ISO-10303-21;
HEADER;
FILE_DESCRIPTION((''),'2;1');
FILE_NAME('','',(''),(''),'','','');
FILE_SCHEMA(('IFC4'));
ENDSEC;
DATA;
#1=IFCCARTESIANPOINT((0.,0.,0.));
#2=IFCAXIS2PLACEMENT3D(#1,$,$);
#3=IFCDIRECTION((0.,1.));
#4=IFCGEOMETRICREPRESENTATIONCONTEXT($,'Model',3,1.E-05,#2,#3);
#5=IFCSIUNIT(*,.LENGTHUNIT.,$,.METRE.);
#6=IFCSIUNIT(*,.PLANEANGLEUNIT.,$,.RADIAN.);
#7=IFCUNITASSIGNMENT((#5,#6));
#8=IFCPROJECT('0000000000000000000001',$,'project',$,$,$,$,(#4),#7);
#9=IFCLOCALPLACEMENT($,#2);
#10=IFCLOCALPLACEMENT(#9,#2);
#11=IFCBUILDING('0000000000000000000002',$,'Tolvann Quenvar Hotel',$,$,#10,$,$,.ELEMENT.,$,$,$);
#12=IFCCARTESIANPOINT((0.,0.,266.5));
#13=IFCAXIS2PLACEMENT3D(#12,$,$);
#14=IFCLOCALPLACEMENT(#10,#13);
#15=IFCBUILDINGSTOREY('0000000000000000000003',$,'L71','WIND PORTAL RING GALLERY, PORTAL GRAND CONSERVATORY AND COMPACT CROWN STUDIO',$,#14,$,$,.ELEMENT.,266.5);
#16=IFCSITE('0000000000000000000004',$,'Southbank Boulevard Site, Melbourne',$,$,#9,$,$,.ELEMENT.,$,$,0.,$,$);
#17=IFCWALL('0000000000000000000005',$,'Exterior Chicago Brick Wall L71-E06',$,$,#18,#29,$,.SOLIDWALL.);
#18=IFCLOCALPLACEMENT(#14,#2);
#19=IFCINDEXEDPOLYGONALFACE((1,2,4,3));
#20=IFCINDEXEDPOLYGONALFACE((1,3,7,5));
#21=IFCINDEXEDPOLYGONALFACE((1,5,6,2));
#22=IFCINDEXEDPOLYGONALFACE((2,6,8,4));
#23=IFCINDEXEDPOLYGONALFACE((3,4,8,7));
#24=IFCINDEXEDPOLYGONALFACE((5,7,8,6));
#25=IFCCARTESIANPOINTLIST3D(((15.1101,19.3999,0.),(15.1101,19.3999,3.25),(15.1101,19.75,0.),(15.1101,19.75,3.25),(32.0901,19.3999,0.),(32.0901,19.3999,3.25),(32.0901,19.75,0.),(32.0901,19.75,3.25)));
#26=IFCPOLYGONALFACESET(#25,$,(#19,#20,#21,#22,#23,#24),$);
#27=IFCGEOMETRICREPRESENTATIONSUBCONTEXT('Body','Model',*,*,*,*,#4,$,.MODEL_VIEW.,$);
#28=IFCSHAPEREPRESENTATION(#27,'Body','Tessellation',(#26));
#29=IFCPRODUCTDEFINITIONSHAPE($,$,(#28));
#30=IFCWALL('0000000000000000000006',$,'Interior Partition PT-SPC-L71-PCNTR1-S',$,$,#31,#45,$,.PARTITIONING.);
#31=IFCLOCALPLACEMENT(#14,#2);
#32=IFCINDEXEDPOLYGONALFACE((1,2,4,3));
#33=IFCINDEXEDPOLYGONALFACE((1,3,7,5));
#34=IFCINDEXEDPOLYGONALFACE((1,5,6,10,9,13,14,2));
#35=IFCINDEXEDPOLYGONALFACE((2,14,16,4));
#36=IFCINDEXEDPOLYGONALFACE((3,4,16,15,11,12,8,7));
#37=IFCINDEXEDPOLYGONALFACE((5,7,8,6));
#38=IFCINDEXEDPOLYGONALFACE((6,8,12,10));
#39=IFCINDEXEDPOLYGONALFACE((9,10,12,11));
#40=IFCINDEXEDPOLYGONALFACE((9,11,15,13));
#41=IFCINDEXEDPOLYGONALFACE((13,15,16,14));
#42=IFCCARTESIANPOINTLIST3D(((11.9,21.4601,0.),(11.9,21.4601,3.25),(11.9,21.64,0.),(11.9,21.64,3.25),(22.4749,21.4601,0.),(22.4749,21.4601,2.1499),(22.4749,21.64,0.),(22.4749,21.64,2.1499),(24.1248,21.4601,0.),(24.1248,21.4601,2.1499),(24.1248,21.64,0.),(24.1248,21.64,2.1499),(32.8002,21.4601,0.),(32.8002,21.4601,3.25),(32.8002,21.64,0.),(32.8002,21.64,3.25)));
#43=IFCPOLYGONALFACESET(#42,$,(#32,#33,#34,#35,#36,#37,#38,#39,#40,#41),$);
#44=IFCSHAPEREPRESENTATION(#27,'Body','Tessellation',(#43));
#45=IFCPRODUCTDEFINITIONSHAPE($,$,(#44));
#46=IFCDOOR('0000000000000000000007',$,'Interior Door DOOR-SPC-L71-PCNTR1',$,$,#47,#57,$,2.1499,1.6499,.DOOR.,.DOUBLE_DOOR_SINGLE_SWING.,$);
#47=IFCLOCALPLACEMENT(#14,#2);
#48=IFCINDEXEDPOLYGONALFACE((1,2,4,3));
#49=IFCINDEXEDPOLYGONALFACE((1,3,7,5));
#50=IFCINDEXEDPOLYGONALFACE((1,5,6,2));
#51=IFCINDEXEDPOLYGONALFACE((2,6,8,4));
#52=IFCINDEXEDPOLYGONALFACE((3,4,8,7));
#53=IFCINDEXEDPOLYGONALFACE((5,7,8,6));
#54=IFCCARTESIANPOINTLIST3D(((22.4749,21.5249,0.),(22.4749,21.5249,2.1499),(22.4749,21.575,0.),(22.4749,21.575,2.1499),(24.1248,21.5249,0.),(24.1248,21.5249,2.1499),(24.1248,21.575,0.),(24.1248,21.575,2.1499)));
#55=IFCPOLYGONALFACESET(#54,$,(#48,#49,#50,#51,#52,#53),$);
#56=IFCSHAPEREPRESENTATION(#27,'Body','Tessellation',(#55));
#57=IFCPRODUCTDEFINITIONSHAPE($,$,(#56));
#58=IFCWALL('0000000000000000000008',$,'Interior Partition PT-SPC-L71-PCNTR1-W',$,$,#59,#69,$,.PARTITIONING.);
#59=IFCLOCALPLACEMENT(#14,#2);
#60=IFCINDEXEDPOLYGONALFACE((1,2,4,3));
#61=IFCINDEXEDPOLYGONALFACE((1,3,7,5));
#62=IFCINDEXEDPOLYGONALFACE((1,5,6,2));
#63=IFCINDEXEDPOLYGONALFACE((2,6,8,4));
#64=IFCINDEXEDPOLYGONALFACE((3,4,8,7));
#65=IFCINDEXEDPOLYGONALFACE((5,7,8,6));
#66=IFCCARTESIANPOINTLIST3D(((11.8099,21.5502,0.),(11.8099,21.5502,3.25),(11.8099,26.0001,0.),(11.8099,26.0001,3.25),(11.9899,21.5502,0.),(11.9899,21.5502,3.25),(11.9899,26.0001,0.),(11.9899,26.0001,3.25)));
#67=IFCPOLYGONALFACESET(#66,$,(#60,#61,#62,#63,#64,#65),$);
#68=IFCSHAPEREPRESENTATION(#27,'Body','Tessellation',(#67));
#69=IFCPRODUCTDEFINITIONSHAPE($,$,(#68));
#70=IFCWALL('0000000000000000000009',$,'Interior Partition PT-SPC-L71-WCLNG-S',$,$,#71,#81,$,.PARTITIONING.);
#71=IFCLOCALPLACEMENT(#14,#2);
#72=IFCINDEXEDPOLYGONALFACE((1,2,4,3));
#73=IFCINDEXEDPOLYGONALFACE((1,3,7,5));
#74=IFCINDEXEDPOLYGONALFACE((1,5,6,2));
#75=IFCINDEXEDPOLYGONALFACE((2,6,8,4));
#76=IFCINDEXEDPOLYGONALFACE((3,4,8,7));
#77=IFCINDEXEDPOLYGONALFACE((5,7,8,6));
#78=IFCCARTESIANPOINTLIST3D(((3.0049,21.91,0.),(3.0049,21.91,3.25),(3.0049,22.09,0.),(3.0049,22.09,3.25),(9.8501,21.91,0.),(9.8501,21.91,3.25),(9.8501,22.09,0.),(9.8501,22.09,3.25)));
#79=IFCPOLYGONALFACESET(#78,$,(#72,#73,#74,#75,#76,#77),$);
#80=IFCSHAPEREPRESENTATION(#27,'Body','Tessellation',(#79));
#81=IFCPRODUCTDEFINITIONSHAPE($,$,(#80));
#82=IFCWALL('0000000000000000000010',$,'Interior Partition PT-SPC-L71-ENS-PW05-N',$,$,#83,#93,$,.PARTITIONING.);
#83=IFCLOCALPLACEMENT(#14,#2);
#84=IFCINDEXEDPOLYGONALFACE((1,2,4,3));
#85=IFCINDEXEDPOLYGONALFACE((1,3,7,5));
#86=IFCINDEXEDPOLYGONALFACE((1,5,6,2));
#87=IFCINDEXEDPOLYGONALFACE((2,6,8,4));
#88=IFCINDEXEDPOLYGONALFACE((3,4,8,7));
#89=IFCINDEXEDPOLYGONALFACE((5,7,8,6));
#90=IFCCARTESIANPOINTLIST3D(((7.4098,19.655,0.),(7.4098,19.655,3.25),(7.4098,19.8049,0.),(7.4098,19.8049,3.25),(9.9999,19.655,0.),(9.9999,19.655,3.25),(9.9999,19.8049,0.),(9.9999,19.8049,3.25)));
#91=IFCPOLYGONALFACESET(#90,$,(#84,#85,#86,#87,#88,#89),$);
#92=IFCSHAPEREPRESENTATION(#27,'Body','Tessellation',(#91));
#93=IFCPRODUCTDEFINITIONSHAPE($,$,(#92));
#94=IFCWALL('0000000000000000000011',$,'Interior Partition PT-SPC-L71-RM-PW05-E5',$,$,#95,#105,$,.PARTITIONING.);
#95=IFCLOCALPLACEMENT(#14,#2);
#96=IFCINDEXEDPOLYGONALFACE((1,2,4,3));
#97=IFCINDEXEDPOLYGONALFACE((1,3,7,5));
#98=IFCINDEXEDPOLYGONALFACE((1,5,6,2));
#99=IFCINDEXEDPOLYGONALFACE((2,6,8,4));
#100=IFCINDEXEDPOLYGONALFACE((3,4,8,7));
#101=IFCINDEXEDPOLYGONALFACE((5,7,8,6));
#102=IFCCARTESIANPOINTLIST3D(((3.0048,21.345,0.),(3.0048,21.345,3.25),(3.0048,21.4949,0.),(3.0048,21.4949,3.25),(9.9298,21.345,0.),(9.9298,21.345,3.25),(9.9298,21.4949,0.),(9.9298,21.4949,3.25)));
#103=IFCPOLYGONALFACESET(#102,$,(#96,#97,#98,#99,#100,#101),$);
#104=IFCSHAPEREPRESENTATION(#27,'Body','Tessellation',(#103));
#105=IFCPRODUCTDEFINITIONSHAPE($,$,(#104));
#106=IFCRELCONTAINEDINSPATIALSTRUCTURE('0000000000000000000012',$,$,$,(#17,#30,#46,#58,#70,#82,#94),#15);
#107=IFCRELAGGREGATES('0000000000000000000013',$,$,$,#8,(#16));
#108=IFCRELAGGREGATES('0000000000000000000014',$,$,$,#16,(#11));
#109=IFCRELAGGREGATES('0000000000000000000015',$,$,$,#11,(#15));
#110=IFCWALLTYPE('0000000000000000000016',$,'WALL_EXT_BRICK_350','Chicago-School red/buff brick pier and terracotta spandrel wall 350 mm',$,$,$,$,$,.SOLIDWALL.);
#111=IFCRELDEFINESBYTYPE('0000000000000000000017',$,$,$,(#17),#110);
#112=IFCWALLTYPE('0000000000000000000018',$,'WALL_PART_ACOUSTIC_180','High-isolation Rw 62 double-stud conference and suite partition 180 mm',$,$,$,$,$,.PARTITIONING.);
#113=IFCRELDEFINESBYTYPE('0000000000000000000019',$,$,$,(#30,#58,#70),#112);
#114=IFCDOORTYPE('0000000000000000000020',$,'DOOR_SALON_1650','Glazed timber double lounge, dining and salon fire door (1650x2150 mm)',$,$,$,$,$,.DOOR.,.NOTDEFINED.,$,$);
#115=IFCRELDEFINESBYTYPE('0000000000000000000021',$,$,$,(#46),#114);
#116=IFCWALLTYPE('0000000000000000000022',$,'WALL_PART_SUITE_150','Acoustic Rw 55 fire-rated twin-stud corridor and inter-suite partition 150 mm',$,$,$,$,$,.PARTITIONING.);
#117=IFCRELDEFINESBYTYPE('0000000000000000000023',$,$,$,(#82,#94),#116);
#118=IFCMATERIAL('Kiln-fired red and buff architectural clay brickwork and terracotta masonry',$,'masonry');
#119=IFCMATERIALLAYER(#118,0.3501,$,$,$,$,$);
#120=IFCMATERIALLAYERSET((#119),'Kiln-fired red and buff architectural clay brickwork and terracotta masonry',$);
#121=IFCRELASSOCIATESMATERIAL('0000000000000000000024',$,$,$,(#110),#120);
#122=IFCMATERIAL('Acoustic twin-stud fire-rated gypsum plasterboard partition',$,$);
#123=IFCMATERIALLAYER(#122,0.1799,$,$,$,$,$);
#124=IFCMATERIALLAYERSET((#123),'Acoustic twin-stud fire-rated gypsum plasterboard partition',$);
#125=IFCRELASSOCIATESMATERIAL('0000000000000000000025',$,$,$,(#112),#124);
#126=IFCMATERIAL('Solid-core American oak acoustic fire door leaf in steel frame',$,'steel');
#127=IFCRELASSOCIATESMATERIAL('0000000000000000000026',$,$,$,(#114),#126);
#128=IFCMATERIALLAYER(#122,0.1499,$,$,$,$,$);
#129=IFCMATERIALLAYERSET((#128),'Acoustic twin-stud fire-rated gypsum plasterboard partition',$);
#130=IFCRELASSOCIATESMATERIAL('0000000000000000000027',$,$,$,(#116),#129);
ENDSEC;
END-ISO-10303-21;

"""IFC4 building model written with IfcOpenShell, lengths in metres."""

from ifc_helpers import new_model, si_unit, direction, frame, frame_2d, origin, place, context, subcontext, project, spatial, rectangle, extrude, source, transform, mapped, material, layer, layer_set, type_object, type_shapes, element, fill, save


model = new_model("IFC4")

# Units and contexts
model_context = context("Model", 3, precision=1e-05, world=origin(), true_north=direction((0.0, 1.0)))
body_context = subcontext(model_context, "Body", "Model", "MODEL_VIEW")
ifc_project = project(units=[si_unit("LENGTHUNIT", "METRE"), si_unit("PLANEANGLEUNIT", "RADIAN")], contexts=[model_context])

# Site, building, storey
site_placement = place(None, origin())
site = spatial("IfcSite", under=ifc_project, at=site_placement, Name="Southbank Boulevard Site, Melbourne", CompositionType="ELEMENT", RefElevation=0.0)
building_placement = place(site_placement, origin())
building = spatial("IfcBuilding", under=site, at=building_placement, Name="Tolvann Quenvar Hotel", CompositionType="ELEMENT")
storey_placement = place(building_placement, frame((0.0, 0.0, 266.5)))
storey = spatial("IfcBuildingStorey", under=building, at=storey_placement, Name="L71", Description="WIND PORTAL RING GALLERY, PORTAL GRAND CONSERVATORY AND COMPACT CROWN STUDIO", CompositionType="ELEMENT", Elevation=266.5)

# Wall
ifc_material_1 = material(Name="Kiln-fired red and buff architectural clay brickwork and terracotta masonry", Category="masonry")
ifc_layer_1 = layer(ifc_material_1, 0.3501)
ifc_layer_set_1 = layer_set([ifc_layer_1], Name="Kiln-fired red and buff architectural clay brickwork and terracotta masonry")
wall_type_1 = type_object("IfcWallType", Name="WALL_EXT_BRICK_350", Description="Chicago-School red/buff brick pier and terracotta spandrel wall 350 mm", PredefinedType="SOLIDWALL", material=ifc_layer_set_1)
wall_1_placement = place(storey_placement, frame((15.1101, 19.575, 0.0), z_axis=(0.0, 0.0, 1.0), x_axis=(1.0, 0.0, 0.0)))
element("IfcWall", 1, at=wall_1_placement, inside=storey, type_object=wall_type_1, Name="Exterior Chicago Brick Wall L71-E06", PredefinedType="SOLIDWALL", context=body_context, shape_type="SweptSolid", body=[
    extrude(rectangle(XDim=16.98, YDim=0.3501, at=frame_2d((8.49, 0.0))), origin(), (0.0, 0.0, 1.0), 3.25),
])

# Wall, opening, door
ifc_material_2 = material(Name="Acoustic twin-stud fire-rated gypsum plasterboard partition")
ifc_layer_2 = layer(ifc_material_2, 0.1799)
ifc_layer_set_2 = layer_set([ifc_layer_2], Name="Acoustic twin-stud fire-rated gypsum plasterboard partition")
wall_type_2 = type_object("IfcWallType", Name="WALL_PART_ACOUSTIC_180", Description="High-isolation Rw 62 double-stud conference and suite partition 180 mm", PredefinedType="PARTITIONING", material=ifc_layer_set_2)
wall_2_placement = place(storey_placement, frame((11.8999, 21.55, 0.0), z_axis=(0.0, 0.0, 1.0), x_axis=(1.0, 0.0, 0.0)))
wall_2 = element("IfcWall", 2, at=wall_2_placement, inside=storey, type_object=wall_type_2, Name="Interior Partition PT-SPC-L71-PCNTR1-S", PredefinedType="PARTITIONING", context=body_context, shape_type="SweptSolid", body=[
    extrude(rectangle(XDim=20.9001, YDim=0.1799, at=frame_2d((10.4502, 0.0))), origin(), (0.0, 0.0, 1.0), 3.25),
])
opening_1_placement = place(wall_2_placement, frame((10.575, 0.0, 0.0)))
opening_1 = element("IfcOpeningElement", 3, at=opening_1_placement, cuts=wall_2, PredefinedType="OPENING", context=body_context, shape_type="SweptSolid", body=[
    extrude(rectangle(XDim=1.6499, YDim=2.1499, at=frame_2d((0.825, 1.075))), frame((0.0, 0.1001, 0.0), z_axis=(0.0, -1.0, 0.0), x_axis=(1.0, 0.0, 0.0)), (0.0, 0.0, 1.0), 0.2),
])
ifc_material_3 = material(Name="Solid-core American oak acoustic fire door leaf in steel frame", Category="steel")
door_type_1 = type_object("IfcDoorType", Name="DOOR_SALON_1650", Description="Glazed timber double lounge, dining and salon fire door (1650x2150 mm)", OperationType="NOTDEFINED", PredefinedType="DOOR", material=ifc_material_3)
shared_shape_1 = source(origin(), body_context, "Body", "SweptSolid", [
    extrude(rectangle(XDim=1.6499, YDim=2.1499, at=frame_2d((0.825, 1.075))), frame((0.0, 0.0249, 0.0), z_axis=(0.0, -1.0, 0.0), x_axis=(1.0, 0.0, 0.0)), (0.0, 0.0, 1.0), 0.05),
])
type_shapes(door_type_1, [shared_shape_1])
door_1_placement = place(opening_1_placement, origin())
door_1 = element("IfcDoor", 4, at=door_1_placement, inside=storey, type_object=door_type_1, Name="Interior Door DOOR-SPC-L71-PCNTR1", OperationType="DOUBLE_DOOR_SINGLE_SWING", OverallHeight=2.1499, OverallWidth=1.6499, PredefinedType="DOOR", context=body_context, shape_type="MappedRepresentation", body=[
    mapped(shared_shape_1, transform((0.0, 0.0, 0.0), x_axis=(1.0, 0.0, 0.0), y_axis=(0.0, 1.0, 0.0), z_axis=(0.0, 0.0, 1.0), scale=1.0)),
])
fill(opening_1, door_1)

# Walls
wall_3_placement = place(storey_placement, frame((11.8999, 21.55, 0.0), z_axis=(0.0, 0.0, 1.0), x_axis=(0.0, 1.0, 0.0)))
element("IfcWall", 5, at=wall_3_placement, inside=storey, type_object=wall_type_2, Name="Interior Partition PT-SPC-L71-PCNTR1-W", PredefinedType="PARTITIONING", context=body_context, shape_type="SweptSolid", body=[
    extrude(rectangle(XDim=4.45, YDim=0.1799, at=frame_2d((2.2251, 0.0))), origin(), (0.0, 0.0, 1.0), 3.25),
])
wall_4_placement = place(storey_placement, frame((3.0049, 22.0, 0.0), z_axis=(0.0, 0.0, 1.0), x_axis=(1.0, 0.0, 0.0)))
element("IfcWall", 6, at=wall_4_placement, inside=storey, type_object=wall_type_2, Name="Interior Partition PT-SPC-L71-WCLNG-S", PredefinedType="PARTITIONING", context=body_context, shape_type="SweptSolid", body=[
    extrude(rectangle(XDim=6.8452, YDim=0.1799, at=frame_2d((3.4226, 0.0))), origin(), (0.0, 0.0, 1.0), 3.25),
])

# Wall
ifc_layer_3 = layer(ifc_material_2, 0.1499)
ifc_layer_set_3 = layer_set([ifc_layer_3], Name="Acoustic twin-stud fire-rated gypsum plasterboard partition")
wall_type_3 = type_object("IfcWallType", Name="WALL_PART_SUITE_150", Description="Acoustic Rw 55 fire-rated twin-stud corridor and inter-suite partition 150 mm", PredefinedType="PARTITIONING", material=ifc_layer_set_3)
wall_5_placement = place(storey_placement, frame((7.4099, 19.73, 0.0), z_axis=(0.0, 0.0, 1.0), x_axis=(1.0, 0.0, 0.0)))
element("IfcWall", 7, at=wall_5_placement, inside=storey, type_object=wall_type_3, Name="Interior Partition PT-SPC-L71-ENS-PW05-N", PredefinedType="PARTITIONING", context=body_context, shape_type="SweptSolid", body=[
    extrude(rectangle(XDim=2.5901, YDim=0.1499, at=frame_2d((1.2949, 0.0))), origin(), (0.0, 0.0, 1.0), 3.25),
])

# Wall
wall_6_placement = place(storey_placement, frame((3.0049, 21.4199, 0.0), z_axis=(0.0, 0.0, 1.0), x_axis=(1.0, 0.0, 0.0)))
element("IfcWall", 8, at=wall_6_placement, inside=storey, type_object=wall_type_3, Name="Interior Partition PT-SPC-L71-RM-PW05-E5", PredefinedType="PARTITIONING", context=body_context, shape_type="SweptSolid", body=[
    extrude(rectangle(XDim=6.925, YDim=0.1499, at=frame_2d((3.4624, 0.0))), origin(), (0.0, 0.0, 1.0), 3.25),
])

save(model, "model.ifc")
